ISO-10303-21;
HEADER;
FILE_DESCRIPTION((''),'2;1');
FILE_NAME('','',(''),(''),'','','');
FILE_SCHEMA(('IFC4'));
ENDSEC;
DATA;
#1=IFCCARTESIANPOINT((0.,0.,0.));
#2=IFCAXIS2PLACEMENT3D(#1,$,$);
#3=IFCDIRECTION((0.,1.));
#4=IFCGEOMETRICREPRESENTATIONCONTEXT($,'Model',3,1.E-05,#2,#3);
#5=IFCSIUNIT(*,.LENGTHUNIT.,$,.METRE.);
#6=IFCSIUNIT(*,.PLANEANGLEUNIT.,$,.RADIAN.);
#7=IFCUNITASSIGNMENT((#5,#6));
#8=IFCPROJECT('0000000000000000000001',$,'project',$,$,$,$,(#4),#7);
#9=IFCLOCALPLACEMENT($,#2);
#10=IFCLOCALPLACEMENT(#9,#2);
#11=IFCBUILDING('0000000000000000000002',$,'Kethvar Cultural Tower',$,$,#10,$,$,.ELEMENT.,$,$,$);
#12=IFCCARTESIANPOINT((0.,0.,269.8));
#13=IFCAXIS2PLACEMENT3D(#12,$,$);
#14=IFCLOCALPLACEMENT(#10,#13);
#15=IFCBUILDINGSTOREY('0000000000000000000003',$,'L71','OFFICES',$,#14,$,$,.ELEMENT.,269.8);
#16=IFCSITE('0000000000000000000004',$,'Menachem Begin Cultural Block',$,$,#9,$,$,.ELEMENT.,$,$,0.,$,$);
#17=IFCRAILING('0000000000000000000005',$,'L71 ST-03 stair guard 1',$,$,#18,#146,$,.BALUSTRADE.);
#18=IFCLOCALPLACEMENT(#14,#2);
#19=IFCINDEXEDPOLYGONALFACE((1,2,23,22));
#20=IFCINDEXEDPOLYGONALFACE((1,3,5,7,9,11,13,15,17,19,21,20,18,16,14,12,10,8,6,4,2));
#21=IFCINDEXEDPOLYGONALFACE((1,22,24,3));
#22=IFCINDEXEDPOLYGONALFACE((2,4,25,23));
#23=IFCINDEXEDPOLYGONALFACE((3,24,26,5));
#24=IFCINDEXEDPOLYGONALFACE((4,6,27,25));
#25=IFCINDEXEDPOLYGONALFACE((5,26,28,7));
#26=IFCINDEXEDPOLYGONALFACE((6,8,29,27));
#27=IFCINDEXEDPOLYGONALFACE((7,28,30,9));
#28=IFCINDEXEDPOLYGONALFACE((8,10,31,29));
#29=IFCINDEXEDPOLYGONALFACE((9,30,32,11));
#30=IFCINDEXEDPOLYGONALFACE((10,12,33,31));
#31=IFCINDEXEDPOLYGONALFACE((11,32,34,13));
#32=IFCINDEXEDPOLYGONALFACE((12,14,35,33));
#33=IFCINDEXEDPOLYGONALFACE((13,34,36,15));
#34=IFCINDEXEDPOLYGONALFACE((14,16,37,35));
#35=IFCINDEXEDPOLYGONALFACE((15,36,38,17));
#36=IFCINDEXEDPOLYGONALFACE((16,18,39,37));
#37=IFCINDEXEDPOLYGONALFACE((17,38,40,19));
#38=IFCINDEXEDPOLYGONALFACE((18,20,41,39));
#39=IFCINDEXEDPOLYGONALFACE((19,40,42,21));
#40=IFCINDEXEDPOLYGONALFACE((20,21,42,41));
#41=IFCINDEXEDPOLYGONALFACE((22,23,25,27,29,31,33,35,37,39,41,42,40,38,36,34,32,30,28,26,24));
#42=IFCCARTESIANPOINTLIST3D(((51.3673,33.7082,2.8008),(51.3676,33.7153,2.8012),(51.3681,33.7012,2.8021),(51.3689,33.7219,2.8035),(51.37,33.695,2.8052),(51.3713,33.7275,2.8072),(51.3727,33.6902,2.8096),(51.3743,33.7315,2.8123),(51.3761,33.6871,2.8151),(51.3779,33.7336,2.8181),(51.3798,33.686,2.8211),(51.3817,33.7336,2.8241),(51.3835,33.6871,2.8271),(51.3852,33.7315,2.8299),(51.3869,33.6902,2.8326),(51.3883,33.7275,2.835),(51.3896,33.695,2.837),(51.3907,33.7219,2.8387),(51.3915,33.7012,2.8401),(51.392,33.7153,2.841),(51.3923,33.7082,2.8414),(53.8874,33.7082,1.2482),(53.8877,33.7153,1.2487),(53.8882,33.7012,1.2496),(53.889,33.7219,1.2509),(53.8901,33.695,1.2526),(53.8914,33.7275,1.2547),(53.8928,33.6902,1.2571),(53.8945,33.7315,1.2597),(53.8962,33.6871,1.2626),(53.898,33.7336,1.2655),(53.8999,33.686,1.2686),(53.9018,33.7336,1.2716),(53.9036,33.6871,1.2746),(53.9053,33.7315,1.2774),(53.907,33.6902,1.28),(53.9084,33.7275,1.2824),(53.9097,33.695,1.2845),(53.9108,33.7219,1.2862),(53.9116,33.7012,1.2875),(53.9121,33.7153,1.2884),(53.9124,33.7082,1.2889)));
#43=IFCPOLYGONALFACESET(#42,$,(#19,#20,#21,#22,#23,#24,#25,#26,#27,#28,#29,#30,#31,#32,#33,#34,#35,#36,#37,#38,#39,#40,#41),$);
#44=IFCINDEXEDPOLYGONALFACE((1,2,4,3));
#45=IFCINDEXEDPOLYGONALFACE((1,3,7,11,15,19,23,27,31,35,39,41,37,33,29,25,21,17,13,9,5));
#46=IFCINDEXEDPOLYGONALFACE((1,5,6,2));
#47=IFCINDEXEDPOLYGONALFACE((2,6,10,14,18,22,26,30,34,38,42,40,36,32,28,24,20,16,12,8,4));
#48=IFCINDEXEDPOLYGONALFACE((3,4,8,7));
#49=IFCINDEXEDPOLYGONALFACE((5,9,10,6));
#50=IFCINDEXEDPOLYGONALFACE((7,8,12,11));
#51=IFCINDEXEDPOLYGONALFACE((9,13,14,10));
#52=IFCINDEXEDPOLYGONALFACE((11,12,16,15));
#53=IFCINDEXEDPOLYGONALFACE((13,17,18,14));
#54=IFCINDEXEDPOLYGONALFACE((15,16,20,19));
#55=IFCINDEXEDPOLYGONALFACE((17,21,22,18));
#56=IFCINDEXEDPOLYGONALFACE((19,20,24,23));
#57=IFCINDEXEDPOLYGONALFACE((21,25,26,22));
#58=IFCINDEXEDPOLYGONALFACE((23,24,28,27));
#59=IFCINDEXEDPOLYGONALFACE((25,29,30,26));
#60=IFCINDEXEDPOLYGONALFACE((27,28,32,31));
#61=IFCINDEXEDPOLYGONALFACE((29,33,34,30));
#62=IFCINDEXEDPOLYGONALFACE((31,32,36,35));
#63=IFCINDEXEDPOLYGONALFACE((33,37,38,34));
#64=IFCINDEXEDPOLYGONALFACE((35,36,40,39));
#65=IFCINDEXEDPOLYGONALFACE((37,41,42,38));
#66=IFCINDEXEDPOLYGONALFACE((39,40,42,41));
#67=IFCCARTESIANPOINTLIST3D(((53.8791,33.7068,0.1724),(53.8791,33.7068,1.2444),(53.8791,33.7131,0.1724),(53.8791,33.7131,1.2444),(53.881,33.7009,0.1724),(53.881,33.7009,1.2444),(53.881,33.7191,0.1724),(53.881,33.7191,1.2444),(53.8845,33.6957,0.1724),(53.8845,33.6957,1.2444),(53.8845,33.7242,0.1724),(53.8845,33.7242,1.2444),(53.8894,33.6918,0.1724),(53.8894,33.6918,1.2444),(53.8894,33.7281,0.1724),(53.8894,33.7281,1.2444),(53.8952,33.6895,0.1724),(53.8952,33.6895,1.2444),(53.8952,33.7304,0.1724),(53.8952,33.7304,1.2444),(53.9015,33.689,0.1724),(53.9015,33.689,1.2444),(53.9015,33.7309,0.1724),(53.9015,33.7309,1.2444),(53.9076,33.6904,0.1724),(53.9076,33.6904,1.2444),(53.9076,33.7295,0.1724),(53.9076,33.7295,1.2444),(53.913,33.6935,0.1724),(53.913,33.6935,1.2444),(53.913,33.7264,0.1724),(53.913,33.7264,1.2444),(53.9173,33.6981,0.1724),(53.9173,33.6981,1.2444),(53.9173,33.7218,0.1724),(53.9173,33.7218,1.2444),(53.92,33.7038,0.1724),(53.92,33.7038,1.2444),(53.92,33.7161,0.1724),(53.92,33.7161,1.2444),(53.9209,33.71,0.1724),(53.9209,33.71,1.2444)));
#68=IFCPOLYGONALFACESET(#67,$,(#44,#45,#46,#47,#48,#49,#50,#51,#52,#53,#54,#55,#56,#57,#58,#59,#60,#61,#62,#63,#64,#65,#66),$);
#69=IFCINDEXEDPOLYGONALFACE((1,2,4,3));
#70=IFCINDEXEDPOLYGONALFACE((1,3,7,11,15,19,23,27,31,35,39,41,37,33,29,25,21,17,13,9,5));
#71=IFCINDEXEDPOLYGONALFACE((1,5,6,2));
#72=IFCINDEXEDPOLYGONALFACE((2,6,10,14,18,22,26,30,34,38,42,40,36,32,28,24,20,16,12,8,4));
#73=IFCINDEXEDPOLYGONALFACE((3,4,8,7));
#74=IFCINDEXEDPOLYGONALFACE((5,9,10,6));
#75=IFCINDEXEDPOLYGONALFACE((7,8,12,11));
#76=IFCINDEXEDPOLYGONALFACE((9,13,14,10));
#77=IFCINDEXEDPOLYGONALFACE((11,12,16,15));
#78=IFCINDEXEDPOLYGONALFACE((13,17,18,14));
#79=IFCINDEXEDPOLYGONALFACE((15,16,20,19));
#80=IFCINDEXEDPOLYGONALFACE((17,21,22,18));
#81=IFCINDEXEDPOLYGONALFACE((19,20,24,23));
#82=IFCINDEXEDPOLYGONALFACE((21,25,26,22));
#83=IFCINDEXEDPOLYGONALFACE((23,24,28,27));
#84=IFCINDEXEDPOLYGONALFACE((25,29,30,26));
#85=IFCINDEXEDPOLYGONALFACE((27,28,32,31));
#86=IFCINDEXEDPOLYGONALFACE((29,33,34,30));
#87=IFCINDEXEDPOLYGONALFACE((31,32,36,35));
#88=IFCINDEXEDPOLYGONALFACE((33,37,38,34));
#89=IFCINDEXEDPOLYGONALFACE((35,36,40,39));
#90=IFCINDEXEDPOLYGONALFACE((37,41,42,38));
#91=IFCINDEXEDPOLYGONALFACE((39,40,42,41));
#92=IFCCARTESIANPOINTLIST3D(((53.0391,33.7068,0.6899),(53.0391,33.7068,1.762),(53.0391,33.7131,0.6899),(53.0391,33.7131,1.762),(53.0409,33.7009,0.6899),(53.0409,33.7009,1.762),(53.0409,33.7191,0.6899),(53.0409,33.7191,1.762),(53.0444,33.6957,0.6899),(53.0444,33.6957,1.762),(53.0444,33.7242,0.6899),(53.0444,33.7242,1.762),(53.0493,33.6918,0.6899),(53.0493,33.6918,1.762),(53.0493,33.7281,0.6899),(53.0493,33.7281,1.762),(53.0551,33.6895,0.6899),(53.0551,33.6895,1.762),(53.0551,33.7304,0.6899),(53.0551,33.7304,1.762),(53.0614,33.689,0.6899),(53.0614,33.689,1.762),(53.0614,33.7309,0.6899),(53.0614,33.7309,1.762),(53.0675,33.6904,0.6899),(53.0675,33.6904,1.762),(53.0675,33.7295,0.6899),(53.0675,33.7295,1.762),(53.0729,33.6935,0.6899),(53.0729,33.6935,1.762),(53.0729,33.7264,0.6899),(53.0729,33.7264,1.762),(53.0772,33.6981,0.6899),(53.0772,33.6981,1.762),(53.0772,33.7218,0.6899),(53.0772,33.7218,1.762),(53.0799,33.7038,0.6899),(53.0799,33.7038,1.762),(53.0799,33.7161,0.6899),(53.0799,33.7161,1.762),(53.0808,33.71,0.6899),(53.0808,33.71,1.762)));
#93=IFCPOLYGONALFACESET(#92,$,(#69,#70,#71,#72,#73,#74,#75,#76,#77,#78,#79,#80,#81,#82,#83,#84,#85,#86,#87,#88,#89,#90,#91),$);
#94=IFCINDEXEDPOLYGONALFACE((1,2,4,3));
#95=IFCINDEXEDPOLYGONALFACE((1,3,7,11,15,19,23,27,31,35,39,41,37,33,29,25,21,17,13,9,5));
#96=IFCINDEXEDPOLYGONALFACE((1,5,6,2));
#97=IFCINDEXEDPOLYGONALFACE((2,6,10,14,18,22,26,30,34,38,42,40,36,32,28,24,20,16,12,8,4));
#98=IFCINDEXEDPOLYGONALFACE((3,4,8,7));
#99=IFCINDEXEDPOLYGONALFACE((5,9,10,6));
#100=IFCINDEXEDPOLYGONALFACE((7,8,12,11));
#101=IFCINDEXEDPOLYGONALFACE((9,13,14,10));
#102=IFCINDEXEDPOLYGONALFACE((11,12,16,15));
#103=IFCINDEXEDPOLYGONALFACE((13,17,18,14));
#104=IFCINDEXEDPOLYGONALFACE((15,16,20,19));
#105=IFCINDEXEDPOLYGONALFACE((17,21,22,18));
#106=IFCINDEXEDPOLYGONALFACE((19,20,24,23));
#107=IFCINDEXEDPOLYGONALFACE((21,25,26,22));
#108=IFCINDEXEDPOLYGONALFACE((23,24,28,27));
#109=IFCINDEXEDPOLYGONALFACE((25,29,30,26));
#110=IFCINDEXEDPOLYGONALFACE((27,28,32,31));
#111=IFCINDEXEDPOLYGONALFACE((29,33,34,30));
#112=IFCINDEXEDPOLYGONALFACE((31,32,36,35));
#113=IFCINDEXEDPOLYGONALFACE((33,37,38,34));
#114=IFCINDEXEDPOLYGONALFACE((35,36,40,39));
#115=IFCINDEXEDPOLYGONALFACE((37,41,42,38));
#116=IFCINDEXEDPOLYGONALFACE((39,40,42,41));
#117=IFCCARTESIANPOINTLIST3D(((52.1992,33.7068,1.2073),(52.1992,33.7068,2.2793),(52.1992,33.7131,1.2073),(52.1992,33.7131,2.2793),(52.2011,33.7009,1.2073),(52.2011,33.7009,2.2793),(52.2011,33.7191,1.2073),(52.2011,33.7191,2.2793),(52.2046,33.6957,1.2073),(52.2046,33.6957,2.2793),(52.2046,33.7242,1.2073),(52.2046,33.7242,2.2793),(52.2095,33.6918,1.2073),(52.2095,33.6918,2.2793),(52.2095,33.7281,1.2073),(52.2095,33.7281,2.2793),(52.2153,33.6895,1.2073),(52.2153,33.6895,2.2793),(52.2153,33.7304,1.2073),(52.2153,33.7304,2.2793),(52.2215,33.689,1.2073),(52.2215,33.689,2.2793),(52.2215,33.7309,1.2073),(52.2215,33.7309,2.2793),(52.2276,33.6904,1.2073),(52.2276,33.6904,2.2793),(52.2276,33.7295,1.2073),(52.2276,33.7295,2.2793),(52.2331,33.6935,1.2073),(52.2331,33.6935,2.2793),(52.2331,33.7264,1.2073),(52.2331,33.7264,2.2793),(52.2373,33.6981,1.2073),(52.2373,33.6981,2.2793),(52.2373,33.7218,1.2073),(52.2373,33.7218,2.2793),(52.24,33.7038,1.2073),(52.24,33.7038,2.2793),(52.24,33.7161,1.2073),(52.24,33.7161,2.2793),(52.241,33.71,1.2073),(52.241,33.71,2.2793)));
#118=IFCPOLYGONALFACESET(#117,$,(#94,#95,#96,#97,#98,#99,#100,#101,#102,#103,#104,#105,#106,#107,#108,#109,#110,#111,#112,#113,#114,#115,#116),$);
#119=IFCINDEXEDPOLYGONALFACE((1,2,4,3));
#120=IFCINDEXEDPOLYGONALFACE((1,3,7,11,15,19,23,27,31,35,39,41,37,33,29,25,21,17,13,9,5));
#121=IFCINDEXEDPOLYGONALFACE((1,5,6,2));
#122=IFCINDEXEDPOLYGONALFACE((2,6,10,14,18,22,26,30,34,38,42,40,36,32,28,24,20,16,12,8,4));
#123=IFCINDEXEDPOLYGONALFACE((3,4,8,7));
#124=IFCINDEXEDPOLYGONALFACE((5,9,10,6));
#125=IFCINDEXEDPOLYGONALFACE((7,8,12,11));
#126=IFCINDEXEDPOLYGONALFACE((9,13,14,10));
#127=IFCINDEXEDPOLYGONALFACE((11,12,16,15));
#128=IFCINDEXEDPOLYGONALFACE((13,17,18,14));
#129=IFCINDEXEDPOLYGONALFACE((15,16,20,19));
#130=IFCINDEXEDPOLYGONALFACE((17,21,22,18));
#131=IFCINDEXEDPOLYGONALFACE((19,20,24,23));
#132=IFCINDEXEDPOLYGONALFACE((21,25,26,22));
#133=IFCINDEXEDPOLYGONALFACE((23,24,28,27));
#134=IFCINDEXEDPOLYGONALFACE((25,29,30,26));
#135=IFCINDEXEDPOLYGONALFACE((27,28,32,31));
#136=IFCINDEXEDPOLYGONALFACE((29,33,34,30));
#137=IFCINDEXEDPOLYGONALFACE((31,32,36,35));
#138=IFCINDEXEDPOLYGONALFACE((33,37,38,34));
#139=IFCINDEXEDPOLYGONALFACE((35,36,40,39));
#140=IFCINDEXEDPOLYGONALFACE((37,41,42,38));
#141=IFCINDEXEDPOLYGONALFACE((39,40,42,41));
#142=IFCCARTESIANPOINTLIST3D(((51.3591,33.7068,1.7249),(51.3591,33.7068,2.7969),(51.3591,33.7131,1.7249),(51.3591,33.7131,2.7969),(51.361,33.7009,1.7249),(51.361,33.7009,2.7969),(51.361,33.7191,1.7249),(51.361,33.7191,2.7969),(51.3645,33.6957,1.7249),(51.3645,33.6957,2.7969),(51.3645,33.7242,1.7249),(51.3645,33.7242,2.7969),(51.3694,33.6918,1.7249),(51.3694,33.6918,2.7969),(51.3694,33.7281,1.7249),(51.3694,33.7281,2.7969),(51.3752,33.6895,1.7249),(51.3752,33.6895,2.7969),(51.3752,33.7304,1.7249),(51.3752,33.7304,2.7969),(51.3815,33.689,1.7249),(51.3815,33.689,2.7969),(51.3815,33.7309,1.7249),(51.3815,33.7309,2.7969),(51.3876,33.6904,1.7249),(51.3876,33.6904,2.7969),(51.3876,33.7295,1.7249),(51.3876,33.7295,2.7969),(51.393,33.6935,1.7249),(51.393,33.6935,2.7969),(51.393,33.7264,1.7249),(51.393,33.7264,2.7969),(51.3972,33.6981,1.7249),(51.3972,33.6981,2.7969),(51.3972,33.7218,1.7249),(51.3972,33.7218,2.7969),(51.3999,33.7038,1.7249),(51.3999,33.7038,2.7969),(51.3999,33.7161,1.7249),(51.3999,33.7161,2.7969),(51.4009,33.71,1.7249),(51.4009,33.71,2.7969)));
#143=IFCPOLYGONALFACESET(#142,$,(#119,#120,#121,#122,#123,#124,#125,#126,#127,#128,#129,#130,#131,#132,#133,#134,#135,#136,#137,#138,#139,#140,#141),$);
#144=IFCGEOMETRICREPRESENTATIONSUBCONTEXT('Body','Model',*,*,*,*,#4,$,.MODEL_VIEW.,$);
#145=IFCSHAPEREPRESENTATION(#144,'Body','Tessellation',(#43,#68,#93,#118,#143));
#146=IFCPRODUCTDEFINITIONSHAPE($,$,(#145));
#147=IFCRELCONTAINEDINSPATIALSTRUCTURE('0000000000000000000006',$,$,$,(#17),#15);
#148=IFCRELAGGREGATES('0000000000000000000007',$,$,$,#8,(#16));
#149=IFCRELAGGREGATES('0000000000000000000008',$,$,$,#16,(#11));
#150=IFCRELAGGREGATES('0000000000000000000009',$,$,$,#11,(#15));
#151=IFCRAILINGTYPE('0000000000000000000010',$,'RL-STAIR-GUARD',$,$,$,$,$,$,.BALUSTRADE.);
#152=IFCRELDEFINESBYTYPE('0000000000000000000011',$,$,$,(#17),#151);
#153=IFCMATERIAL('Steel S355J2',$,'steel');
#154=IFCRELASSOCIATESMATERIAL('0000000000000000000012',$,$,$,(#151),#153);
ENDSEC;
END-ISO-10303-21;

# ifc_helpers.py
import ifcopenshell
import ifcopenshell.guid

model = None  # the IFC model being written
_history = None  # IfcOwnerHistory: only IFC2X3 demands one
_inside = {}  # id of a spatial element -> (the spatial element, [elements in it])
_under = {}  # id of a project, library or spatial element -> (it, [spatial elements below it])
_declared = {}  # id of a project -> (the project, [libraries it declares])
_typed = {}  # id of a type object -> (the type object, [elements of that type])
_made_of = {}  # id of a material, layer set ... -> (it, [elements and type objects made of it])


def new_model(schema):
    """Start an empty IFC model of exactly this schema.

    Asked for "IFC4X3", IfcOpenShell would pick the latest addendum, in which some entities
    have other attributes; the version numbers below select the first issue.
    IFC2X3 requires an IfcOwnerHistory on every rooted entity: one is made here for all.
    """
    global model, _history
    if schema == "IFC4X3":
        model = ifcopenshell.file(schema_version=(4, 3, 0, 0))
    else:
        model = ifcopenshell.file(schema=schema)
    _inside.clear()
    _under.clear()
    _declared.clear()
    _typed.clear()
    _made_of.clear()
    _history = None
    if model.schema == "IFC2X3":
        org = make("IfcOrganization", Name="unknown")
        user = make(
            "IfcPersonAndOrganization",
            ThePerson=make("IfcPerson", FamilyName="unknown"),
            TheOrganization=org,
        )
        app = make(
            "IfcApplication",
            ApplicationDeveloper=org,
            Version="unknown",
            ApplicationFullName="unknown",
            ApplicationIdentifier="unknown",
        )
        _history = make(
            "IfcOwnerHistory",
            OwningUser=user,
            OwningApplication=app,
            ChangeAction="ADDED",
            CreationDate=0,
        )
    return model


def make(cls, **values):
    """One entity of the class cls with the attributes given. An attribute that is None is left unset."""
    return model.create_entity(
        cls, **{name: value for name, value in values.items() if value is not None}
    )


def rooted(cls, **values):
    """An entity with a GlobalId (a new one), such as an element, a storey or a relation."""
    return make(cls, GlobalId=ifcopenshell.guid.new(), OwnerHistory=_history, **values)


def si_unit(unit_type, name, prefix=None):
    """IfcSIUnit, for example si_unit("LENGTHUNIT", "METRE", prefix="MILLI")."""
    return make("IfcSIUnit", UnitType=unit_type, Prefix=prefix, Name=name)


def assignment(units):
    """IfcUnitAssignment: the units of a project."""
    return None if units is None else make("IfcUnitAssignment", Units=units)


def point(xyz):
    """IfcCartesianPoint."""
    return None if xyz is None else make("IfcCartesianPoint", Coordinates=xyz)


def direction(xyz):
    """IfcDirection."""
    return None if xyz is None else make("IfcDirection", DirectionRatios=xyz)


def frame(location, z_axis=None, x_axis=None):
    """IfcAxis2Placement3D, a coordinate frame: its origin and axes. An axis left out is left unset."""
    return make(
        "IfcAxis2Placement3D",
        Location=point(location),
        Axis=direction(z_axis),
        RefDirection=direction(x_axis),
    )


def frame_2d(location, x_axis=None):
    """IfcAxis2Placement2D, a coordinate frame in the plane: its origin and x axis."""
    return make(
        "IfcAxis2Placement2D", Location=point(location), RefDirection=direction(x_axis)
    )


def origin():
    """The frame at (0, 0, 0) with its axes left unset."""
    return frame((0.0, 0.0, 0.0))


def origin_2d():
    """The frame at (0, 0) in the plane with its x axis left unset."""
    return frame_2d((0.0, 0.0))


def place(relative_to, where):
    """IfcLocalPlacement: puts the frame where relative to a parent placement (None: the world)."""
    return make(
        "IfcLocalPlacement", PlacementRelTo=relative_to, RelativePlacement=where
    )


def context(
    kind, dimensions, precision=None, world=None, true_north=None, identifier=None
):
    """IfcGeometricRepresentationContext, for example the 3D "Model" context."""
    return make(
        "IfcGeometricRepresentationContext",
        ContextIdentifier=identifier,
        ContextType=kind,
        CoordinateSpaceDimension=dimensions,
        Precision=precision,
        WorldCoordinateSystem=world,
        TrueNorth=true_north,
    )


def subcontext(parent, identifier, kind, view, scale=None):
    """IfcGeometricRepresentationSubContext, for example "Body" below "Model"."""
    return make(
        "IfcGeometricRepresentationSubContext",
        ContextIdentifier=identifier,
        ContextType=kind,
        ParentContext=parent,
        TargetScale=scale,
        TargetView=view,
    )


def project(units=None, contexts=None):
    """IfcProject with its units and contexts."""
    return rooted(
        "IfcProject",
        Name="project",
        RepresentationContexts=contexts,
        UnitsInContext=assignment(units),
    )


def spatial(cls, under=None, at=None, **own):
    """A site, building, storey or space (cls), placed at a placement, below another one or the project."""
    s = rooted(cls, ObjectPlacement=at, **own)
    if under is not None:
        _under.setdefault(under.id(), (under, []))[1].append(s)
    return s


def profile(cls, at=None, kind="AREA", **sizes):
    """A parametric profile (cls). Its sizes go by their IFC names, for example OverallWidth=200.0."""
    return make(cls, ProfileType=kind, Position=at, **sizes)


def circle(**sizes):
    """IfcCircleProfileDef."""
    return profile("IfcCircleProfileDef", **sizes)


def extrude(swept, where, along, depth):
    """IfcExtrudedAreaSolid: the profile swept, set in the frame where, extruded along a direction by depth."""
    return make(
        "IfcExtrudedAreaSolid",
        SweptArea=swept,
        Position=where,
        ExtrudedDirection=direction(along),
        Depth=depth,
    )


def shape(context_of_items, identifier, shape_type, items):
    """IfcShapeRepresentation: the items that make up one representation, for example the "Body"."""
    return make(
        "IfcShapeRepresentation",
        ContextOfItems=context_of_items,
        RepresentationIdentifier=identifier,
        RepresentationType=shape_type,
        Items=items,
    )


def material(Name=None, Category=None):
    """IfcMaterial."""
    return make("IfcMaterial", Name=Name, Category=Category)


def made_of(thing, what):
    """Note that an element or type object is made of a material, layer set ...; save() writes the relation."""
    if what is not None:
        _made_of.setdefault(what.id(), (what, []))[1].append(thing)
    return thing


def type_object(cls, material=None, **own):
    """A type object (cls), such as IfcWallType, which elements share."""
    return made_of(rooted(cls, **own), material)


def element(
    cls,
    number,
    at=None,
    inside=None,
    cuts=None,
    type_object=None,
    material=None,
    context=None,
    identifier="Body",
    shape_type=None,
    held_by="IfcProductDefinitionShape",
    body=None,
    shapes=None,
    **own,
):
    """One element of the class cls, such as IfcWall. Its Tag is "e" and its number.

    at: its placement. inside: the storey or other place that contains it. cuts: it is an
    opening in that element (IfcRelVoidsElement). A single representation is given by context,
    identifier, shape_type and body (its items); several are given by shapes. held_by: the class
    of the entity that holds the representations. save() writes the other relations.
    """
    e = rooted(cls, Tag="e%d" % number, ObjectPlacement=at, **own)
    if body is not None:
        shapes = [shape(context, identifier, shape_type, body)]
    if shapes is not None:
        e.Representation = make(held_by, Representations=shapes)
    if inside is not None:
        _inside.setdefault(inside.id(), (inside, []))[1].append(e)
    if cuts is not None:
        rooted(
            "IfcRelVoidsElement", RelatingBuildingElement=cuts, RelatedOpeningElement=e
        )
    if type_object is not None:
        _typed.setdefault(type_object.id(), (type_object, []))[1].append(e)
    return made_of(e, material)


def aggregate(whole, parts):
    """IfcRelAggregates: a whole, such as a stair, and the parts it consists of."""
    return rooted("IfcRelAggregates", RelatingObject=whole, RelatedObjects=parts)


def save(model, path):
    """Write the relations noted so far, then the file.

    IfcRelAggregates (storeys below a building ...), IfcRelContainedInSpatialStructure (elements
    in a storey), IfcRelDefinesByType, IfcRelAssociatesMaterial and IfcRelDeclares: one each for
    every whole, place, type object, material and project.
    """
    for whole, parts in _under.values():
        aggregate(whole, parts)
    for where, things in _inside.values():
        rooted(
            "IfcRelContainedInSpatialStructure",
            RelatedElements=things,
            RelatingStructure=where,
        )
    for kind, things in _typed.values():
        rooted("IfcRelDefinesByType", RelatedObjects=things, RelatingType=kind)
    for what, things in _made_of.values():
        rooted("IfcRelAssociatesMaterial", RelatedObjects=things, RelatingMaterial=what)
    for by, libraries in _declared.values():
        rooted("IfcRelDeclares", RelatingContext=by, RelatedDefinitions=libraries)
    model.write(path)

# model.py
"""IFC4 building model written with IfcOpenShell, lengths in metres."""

from ifc_helpers import new_model, si_unit, direction, frame, origin, origin_2d, place, context, subcontext, project, spatial, circle, extrude, material, type_object, element, save


model = new_model("IFC4")

# Units and contexts
model_context = context("Model", 3, precision=1e-05, world=origin(), true_north=direction((0.0, 1.0)))
body_context = subcontext(model_context, "Body", "Model", "MODEL_VIEW")
ifc_project = project(units=[si_unit("LENGTHUNIT", "METRE"), si_unit("PLANEANGLEUNIT", "RADIAN")], contexts=[model_context])

# Site, building, storey
site_placement = place(None, origin())
site = spatial("IfcSite", under=ifc_project, at=site_placement, Name="Menachem Begin Cultural Block", CompositionType="ELEMENT", RefElevation=0.0)
building_placement = place(site_placement, origin())
building = spatial("IfcBuilding", under=site, at=building_placement, Name="Kethvar Cultural Tower", CompositionType="ELEMENT")
storey_placement = place(building_placement, frame((0.0, 0.0, 269.8)))
storey = spatial("IfcBuildingStorey", under=building, at=storey_placement, Name="L71", Description="OFFICES", CompositionType="ELEMENT", Elevation=269.8)

# Shared definitions
ifc_material_1 = material(Name="Steel S355J2", Category="steel")

# Railing
railing_type_1 = type_object("IfcRailingType", Name="RL-STAIR-GUARD", PredefinedType="BALUSTRADE", material=ifc_material_1)
railing_1_placement = place(storey_placement, frame((53.8999, 33.71, 0.1724)))
element("IfcRailing", 1, at=railing_1_placement, inside=storey, type_object=railing_type_1, Name="L71 ST-03 stair guard 1", PredefinedType="BALUSTRADE", context=body_context, shape_type="SweptSolid", body=[
    extrude(circle(Radius=0.0239, at=origin_2d()), frame((0.0, 0.0, 1.0962), z_axis=(-0.8514, 0.0, 0.524516), x_axis=(0.0, -1.0, 0.0)), (0.0, 0.0, 1.0), 2.96),
    extrude(circle(Radius=0.021, at=origin_2d()), origin(), (0.0, 0.0, 1.0), 1.072),
    extrude(circle(Radius=0.021, at=origin_2d()), frame((-0.8401, 0.0, 0.5176)), (0.0, 0.0, 1.0), 1.072),
    extrude(circle(Radius=0.021, at=origin_2d()), frame((-1.6799, 0.0, 1.0349)), (0.0, 0.0, 1.0), 1.072),
    extrude(circle(Radius=0.021, at=origin_2d()), frame((-2.52, 0.0, 1.5525)), (0.0, 0.0, 1.0), 1.072),
])

save(model, "model.ifc")
